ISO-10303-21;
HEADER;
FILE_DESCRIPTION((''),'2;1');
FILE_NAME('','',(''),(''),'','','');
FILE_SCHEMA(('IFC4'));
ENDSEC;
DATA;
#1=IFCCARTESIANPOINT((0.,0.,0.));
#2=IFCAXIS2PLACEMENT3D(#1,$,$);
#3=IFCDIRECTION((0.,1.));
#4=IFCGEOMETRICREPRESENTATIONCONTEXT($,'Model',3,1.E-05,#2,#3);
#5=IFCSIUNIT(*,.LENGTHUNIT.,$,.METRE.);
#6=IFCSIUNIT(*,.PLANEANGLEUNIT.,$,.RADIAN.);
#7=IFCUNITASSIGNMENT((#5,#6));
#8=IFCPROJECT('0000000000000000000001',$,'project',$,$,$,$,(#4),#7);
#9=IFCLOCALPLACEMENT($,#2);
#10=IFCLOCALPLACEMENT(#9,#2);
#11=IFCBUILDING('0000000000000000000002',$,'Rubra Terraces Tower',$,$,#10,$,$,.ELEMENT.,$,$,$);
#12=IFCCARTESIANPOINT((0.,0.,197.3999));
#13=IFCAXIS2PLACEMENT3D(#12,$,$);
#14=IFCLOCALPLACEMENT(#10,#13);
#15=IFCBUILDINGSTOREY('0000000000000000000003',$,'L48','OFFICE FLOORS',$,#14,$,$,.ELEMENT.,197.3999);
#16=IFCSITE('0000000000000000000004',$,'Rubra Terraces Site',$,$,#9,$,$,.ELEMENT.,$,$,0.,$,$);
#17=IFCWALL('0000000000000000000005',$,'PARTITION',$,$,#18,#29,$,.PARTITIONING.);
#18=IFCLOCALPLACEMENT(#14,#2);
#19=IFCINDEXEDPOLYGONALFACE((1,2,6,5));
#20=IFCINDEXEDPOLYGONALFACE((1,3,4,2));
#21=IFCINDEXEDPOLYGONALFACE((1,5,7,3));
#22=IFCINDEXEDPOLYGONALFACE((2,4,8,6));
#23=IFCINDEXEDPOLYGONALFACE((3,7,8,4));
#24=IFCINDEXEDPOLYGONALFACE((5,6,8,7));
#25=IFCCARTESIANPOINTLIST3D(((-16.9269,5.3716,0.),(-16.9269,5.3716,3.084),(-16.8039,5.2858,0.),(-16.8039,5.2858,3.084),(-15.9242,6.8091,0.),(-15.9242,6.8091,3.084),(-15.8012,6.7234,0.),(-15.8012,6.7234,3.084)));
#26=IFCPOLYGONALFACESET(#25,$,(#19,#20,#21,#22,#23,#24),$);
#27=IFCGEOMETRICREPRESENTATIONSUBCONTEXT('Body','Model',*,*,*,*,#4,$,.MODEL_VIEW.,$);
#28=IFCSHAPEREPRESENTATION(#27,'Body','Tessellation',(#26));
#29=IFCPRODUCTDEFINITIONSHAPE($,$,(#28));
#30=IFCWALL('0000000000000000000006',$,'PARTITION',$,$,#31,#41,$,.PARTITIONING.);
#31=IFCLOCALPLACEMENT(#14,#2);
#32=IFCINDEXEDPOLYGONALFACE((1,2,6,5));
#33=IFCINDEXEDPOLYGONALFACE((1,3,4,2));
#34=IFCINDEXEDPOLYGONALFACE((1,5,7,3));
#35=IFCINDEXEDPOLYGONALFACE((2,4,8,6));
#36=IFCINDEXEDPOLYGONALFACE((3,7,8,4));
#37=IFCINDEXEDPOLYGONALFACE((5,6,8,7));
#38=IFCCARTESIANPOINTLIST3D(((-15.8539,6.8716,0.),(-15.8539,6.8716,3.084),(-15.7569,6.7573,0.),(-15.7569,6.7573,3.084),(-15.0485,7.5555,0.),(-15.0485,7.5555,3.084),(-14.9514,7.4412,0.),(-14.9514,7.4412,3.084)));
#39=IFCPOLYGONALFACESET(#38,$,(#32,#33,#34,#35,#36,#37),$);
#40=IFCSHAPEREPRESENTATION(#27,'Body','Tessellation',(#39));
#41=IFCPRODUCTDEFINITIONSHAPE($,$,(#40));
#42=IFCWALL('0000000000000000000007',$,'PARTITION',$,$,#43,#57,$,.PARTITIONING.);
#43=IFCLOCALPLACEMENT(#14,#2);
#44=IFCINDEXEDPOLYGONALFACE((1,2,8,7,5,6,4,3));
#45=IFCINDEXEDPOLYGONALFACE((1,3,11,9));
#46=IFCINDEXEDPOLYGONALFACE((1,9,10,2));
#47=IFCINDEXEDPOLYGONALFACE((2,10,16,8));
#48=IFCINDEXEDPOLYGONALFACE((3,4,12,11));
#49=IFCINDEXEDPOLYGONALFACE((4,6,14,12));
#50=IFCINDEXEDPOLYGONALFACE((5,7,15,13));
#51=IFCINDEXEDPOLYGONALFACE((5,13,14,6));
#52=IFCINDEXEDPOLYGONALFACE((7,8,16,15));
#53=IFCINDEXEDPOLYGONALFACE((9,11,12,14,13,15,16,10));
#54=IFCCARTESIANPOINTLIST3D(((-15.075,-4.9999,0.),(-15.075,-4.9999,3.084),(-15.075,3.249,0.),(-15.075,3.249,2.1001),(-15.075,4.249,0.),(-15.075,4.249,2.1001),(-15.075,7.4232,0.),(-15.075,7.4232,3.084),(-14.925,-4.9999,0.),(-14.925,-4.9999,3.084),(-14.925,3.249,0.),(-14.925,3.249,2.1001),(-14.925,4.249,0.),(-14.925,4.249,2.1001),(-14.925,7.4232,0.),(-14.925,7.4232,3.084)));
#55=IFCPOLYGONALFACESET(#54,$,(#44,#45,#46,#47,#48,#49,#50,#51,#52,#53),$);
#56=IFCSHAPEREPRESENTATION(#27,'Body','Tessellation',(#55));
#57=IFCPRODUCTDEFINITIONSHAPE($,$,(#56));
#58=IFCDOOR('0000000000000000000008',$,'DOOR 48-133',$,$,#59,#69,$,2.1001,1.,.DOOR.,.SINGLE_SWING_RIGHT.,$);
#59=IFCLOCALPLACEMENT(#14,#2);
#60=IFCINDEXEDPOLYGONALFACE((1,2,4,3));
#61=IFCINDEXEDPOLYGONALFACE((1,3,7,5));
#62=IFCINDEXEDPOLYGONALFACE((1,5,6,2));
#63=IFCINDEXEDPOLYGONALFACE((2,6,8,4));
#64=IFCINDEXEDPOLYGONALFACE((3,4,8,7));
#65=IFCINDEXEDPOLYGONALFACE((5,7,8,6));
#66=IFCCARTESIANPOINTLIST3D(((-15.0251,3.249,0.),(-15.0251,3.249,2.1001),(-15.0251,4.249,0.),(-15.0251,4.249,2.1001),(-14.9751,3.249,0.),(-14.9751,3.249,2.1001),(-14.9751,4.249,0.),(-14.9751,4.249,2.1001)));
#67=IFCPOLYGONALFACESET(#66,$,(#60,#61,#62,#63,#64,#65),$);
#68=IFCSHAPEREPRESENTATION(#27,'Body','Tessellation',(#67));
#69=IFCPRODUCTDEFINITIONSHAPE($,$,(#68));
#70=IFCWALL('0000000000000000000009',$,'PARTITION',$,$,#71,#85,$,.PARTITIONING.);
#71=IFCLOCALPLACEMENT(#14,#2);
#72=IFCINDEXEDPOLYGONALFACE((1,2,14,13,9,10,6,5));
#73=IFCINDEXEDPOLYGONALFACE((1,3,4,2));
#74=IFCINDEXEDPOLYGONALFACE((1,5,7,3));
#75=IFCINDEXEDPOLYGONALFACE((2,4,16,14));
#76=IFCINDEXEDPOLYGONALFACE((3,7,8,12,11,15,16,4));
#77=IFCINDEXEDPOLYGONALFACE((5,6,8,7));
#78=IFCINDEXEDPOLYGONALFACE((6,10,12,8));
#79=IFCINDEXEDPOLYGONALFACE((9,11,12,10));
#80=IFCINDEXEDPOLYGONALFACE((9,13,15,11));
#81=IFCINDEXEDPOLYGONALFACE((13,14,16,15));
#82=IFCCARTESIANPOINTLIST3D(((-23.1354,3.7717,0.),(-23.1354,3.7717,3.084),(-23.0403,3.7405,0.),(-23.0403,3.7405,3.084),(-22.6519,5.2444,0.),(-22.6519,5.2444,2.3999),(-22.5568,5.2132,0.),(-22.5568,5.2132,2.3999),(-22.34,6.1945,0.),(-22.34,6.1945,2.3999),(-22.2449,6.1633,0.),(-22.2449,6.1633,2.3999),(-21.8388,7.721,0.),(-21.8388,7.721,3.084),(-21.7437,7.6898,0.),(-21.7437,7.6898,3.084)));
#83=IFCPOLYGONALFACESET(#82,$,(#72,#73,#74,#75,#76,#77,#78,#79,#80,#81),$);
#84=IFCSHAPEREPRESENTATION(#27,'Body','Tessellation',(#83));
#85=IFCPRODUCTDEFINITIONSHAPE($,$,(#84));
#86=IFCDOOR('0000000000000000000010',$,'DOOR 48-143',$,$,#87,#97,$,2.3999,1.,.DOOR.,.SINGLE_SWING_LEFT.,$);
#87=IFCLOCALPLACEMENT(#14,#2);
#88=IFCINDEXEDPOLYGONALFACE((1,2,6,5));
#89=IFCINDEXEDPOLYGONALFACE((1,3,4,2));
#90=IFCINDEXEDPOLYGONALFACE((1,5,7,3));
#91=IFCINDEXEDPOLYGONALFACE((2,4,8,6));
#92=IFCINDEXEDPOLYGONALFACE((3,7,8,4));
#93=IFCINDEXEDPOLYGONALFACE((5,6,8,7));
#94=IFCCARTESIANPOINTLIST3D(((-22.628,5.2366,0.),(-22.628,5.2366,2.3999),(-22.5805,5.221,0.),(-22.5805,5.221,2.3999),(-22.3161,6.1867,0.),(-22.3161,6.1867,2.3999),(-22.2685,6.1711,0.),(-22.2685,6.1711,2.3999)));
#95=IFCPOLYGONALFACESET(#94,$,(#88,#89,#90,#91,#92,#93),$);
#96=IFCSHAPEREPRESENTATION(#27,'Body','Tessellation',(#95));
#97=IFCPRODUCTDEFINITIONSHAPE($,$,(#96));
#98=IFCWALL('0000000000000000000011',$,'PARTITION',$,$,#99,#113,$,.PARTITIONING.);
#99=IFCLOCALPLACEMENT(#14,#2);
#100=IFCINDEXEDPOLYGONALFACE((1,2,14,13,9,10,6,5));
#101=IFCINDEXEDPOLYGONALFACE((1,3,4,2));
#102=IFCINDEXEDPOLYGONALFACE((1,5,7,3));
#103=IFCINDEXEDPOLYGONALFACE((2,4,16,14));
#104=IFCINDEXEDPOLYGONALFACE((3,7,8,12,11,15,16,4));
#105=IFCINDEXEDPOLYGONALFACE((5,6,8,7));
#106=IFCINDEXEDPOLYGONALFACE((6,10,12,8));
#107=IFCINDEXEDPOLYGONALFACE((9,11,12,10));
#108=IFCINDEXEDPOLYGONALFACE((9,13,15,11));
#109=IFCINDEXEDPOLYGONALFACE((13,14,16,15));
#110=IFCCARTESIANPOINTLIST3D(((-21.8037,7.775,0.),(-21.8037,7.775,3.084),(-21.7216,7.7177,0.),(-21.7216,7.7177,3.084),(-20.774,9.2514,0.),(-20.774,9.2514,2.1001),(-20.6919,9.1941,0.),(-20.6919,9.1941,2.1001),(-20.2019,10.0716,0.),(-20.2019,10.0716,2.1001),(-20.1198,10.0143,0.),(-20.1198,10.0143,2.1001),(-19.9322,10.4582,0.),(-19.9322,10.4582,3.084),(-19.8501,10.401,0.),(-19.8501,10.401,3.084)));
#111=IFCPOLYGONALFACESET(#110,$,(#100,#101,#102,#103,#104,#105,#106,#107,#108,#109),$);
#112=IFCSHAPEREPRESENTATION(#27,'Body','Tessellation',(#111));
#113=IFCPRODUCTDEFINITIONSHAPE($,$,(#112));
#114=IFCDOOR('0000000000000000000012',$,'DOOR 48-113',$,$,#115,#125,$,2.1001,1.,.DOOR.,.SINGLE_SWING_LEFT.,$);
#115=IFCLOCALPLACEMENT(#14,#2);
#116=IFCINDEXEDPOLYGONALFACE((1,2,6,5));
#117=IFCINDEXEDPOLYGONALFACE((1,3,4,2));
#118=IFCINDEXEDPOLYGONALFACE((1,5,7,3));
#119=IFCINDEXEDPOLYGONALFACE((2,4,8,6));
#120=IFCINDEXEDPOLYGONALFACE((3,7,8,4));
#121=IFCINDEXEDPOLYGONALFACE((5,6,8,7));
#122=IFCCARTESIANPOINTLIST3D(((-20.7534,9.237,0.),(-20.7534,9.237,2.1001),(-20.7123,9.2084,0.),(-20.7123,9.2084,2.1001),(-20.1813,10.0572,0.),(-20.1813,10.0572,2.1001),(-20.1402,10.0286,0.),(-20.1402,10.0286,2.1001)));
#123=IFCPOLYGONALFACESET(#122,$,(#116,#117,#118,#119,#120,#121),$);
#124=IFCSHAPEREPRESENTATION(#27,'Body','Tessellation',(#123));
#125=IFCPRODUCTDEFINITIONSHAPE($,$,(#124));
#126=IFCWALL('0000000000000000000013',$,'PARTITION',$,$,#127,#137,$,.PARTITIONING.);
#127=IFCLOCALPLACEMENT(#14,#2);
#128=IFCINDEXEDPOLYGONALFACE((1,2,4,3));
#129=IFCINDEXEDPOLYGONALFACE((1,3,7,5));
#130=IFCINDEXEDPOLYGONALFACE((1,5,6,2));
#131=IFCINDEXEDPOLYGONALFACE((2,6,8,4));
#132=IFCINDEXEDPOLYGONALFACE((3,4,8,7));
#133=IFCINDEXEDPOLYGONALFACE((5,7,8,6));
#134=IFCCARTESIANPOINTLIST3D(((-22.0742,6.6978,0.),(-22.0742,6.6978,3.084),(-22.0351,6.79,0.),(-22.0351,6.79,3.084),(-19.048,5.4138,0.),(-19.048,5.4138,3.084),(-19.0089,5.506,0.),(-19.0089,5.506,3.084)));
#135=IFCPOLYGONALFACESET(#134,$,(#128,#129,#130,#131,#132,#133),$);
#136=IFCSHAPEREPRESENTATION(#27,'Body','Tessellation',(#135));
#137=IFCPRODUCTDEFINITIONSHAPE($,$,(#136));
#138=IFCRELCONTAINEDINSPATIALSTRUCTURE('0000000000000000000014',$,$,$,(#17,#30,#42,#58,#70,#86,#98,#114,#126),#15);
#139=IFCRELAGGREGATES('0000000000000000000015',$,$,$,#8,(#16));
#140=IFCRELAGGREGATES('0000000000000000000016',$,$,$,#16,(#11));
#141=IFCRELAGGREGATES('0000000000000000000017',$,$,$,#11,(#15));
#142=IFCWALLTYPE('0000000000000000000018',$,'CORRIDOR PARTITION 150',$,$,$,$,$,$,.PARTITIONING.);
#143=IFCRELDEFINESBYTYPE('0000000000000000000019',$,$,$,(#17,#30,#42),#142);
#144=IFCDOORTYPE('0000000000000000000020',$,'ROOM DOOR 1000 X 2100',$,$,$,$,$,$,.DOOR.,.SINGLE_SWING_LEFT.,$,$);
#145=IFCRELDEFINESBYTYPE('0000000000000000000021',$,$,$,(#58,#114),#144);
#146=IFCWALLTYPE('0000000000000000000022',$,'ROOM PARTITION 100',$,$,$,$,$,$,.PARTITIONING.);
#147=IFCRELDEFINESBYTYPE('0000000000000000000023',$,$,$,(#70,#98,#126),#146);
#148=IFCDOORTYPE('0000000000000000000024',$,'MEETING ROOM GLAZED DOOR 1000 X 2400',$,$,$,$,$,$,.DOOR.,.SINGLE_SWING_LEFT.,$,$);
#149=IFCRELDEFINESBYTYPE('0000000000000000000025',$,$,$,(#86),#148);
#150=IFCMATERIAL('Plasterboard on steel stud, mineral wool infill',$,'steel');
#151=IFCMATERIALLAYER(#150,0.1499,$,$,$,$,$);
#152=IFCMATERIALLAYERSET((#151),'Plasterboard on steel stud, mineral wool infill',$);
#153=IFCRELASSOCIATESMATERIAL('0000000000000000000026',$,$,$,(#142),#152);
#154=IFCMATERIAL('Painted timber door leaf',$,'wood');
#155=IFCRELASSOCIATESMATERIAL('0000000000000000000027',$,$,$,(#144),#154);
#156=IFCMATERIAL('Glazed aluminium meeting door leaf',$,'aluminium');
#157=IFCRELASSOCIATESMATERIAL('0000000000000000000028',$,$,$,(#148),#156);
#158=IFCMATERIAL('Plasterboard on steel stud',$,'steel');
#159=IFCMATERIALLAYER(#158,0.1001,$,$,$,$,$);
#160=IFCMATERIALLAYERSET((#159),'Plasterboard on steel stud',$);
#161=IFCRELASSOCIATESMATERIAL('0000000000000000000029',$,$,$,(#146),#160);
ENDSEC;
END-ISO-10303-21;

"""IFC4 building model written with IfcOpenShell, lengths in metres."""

from ifc_helpers import new_model, si_unit, direction, frame, frame_2d, origin, place, context, subcontext, project, spatial, rectangle, extrude, material, layer, layer_set, type_object, element, fill, save


model = new_model("IFC4")

# Units and contexts
model_context = context("Model", 3, precision=1e-05, world=origin(), true_north=direction((0.0, 1.0)))
body_context = subcontext(model_context, "Body", "Model", "MODEL_VIEW")
ifc_project = project(units=[si_unit("LENGTHUNIT", "METRE"), si_unit("PLANEANGLEUNIT", "RADIAN")], contexts=[model_context])

# Site, building, storey
site_placement = place(None, origin())
site = spatial("IfcSite", under=ifc_project, at=site_placement, Name="Rubra Terraces Site", CompositionType="ELEMENT", RefElevation=0.0)
building_placement = place(site_placement, origin())
building = spatial("IfcBuilding", under=site, at=building_placement, Name="Rubra Terraces Tower", CompositionType="ELEMENT")
storey_placement = place(building_placement, frame((0.0, 0.0, 197.3999)))
storey = spatial("IfcBuildingStorey", under=building, at=storey_placement, Name="L48", Description="OFFICE FLOORS", CompositionType="ELEMENT", Elevation=197.3999)

# Shared definitions
ifc_material_1 = material(Name="Plasterboard on steel stud, mineral wool infill", Category="steel")
ifc_layer_1 = layer(ifc_material_1, 0.1499)
ifc_layer_set_1 = layer_set([ifc_layer_1], Name="Plasterboard on steel stud, mineral wool infill")
wall_type_1 = type_object("IfcWallType", Name="CORRIDOR PARTITION 150", PredefinedType="PARTITIONING", material=ifc_layer_set_1)
ifc_material_2 = material(Name="Painted timber door leaf", Category="wood")
door_type_1 = type_object("IfcDoorType", Name="ROOM DOOR 1000 X 2100", OperationType="SINGLE_SWING_LEFT", PredefinedType="DOOR", material=ifc_material_2)
ifc_material_3 = material(Name="Glazed aluminium meeting door leaf", Category="aluminium")
door_type_2 = type_object("IfcDoorType", Name="MEETING ROOM GLAZED DOOR 1000 X 2400", OperationType="SINGLE_SWING_LEFT", PredefinedType="DOOR", material=ifc_material_3)

# Walls
wall_1_placement = place(storey_placement, frame((-16.8655, 5.3286, 0.0), z_axis=(0.0, 0.0, 1.0), x_axis=(0.572097, 0.820186, 0.0)))
element("IfcWall", 1, at=wall_1_placement, inside=storey, type_object=wall_type_1, Name="PARTITION", PredefinedType="PARTITIONING", context=body_context, shape_type="SweptSolid", body=[
    extrude(rectangle(XDim=1.7527, YDim=0.1499, at=frame_2d((0.8765, 0.0))), origin(), (0.0, 0.0, 1.0), 3.084),
])
wall_2_placement = place(storey_placement, frame((-15.8054, 6.8145, 0.0), z_axis=(0.0, 0.0, 1.0), x_axis=(0.762298, 0.647226, 0.0)))
element("IfcWall", 2, at=wall_2_placement, inside=storey, type_object=wall_type_1, Name="PARTITION", PredefinedType="PARTITIONING", context=body_context, shape_type="SweptSolid", body=[
    extrude(rectangle(XDim=1.0566, YDim=0.1499, at=frame_2d((0.5283, 0.0))), origin(), (0.0, 0.0, 1.0), 3.084),
])

# Walls, openings, doors
wall_3_placement = place(storey_placement, frame((-15.0, 7.4231, 0.0), z_axis=(0.0, 0.0, 1.0), x_axis=(0.0, -1.0, 0.0)))
wall_3 = element("IfcWall", 3, at=wall_3_placement, inside=storey, type_object=wall_type_1, Name="PARTITION", PredefinedType="PARTITIONING", context=body_context, shape_type="SweptSolid", body=[
    extrude(rectangle(XDim=12.4231, YDim=0.1499, at=frame_2d((6.2114, 0.0))), origin(), (0.0, 0.0, 1.0), 3.084),
])
opening_1_placement = place(wall_3_placement, frame((3.1741, 0.0, 0.0)))
opening_1 = element("IfcOpeningElement", 4, at=opening_1_placement, cuts=wall_3, PredefinedType="OPENING", context=body_context, shape_type="SweptSolid", body=[
    extrude(rectangle(XDim=1.0, YDim=2.1001, at=frame_2d((0.5, 1.05))), frame((0.0, 0.085, 0.0), z_axis=(0.0, -1.0, 0.0), x_axis=(1.0, 0.0, 0.0)), (0.0, 0.0, 1.0), 0.1699),
])
door_1_placement = place(opening_1_placement, origin())
door_1 = element("IfcDoor", 5, at=door_1_placement, inside=storey, type_object=door_type_1, Name="DOOR 48-133", OperationType="SINGLE_SWING_RIGHT", OverallHeight=2.1001, OverallWidth=1.0, PredefinedType="DOOR", context=body_context, shape_type="SweptSolid", body=[
    extrude(rectangle(XDim=1.0, YDim=2.1001, at=frame_2d((0.5, 1.05))), frame((0.0, 0.0249, 0.0), z_axis=(0.0, -1.0, 0.0), x_axis=(1.0, 0.0, 0.0)), (0.0, 0.0, 1.0), 0.05),
])
fill(opening_1, door_1)
ifc_material_4 = material(Name="Plasterboard on steel stud", Category="steel")
ifc_layer_2 = layer(ifc_material_4, 0.1001)
ifc_layer_set_2 = layer_set([ifc_layer_2], Name="Plasterboard on steel stud")
wall_type_2 = type_object("IfcWallType", Name="ROOM PARTITION 100", PredefinedType="PARTITIONING", material=ifc_layer_set_2)
wall_4_placement = place(storey_placement, frame((-23.0879, 3.7561, 0.0), z_axis=(0.0, 0.0, 1.0), x_axis=(0.311943, 0.950101, 0.0)))
wall_4 = element("IfcWall", 6, at=wall_4_placement, inside=storey, type_object=wall_type_2, Name="PARTITION", PredefinedType="PARTITIONING", context=body_context, shape_type="SweptSolid", body=[
    extrude(rectangle(XDim=4.1567, YDim=0.1001, at=frame_2d((2.0784, 0.0))), origin(), (0.0, 0.0, 1.0), 3.084),
])
opening_2_placement = place(wall_4_placement, frame((1.55, 0.0, 0.0)))
opening_2 = element("IfcOpeningElement", 7, at=opening_2_placement, cuts=wall_4, PredefinedType="OPENING", context=body_context, shape_type="SweptSolid", body=[
    extrude(rectangle(XDim=1.0, YDim=2.3999, at=frame_2d((0.5, 1.2))), frame((0.0, 0.0601, 0.0), z_axis=(0.0, -1.0, 0.0), x_axis=(1.0, 0.0, 0.0)), (0.0, 0.0, 1.0), 0.1201),
])
door_2_placement = place(opening_2_placement, origin())
door_2 = element("IfcDoor", 8, at=door_2_placement, inside=storey, type_object=door_type_2, Name="DOOR 48-143", OperationType="SINGLE_SWING_LEFT", OverallHeight=2.3999, OverallWidth=1.0, PredefinedType="DOOR", context=body_context, shape_type="SweptSolid", body=[
    extrude(rectangle(XDim=1.0, YDim=2.3999, at=frame_2d((0.5, 1.2))), frame((0.0, 0.0249, 0.0), z_axis=(0.0, -1.0, 0.0), x_axis=(1.0, 0.0, 0.0)), (0.0, 0.0, 1.0), 0.05),
])
fill(opening_2, door_2)
wall_5_placement = place(storey_placement, frame((-21.7627, 7.7463, 0.0), z_axis=(0.0, 0.0, 1.0), x_axis=(0.572074, 0.820202, 0.0)))
wall_5 = element("IfcWall", 9, at=wall_5_placement, inside=storey, type_object=wall_type_2, Name="PARTITION", PredefinedType="PARTITIONING", context=body_context, shape_type="SweptSolid", body=[
    extrude(rectangle(XDim=3.2715, YDim=0.1001, at=frame_2d((1.6357, 0.0))), origin(), (0.0, 0.0, 1.0), 3.084),
])
opening_3_placement = place(wall_5_placement, frame((1.8, 0.0, 0.0)))
opening_3 = element("IfcOpeningElement", 10, at=opening_3_placement, cuts=wall_5, PredefinedType="OPENING", context=body_context, shape_type="SweptSolid", body=[
    extrude(rectangle(XDim=1.0, YDim=2.1001, at=frame_2d((0.5, 1.05))), frame((0.0, 0.0601, 0.0), z_axis=(0.0, -1.0, 0.0), x_axis=(1.0, 0.0, 0.0)), (0.0, 0.0, 1.0), 0.1201),
])
door_3_placement = place(opening_3_placement, origin())
door_3 = element("IfcDoor", 11, at=door_3_placement, inside=storey, type_object=door_type_1, Name="DOOR 48-113", OperationType="SINGLE_SWING_LEFT", OverallHeight=2.1001, OverallWidth=1.0, PredefinedType="DOOR", context=body_context, shape_type="SweptSolid", body=[
    extrude(rectangle(XDim=1.0, YDim=2.1001, at=frame_2d((0.5, 1.05))), frame((0.0, 0.0249, 0.0), z_axis=(0.0, -1.0, 0.0), x_axis=(1.0, 0.0, 0.0)), (0.0, 0.0, 1.0), 0.05),
])
fill(opening_3, door_3)

# Wall
wall_6_placement = place(storey_placement, frame((-19.0286, 5.46, 0.0), z_axis=(0.0, 0.0, 1.0), x_axis=(-0.920568, 0.390582, 0.0)))
element("IfcWall", 12, at=wall_6_placement, inside=storey, type_object=wall_type_2, Name="PARTITION", PredefinedType="PARTITIONING", context=body_context, shape_type="SweptSolid", body=[
    extrude(rectangle(XDim=3.2874, YDim=0.1001, at=frame_2d((1.6436, 0.0))), origin(), (0.0, 0.0, 1.0), 3.084),
])

save(model, "model.ifc")
